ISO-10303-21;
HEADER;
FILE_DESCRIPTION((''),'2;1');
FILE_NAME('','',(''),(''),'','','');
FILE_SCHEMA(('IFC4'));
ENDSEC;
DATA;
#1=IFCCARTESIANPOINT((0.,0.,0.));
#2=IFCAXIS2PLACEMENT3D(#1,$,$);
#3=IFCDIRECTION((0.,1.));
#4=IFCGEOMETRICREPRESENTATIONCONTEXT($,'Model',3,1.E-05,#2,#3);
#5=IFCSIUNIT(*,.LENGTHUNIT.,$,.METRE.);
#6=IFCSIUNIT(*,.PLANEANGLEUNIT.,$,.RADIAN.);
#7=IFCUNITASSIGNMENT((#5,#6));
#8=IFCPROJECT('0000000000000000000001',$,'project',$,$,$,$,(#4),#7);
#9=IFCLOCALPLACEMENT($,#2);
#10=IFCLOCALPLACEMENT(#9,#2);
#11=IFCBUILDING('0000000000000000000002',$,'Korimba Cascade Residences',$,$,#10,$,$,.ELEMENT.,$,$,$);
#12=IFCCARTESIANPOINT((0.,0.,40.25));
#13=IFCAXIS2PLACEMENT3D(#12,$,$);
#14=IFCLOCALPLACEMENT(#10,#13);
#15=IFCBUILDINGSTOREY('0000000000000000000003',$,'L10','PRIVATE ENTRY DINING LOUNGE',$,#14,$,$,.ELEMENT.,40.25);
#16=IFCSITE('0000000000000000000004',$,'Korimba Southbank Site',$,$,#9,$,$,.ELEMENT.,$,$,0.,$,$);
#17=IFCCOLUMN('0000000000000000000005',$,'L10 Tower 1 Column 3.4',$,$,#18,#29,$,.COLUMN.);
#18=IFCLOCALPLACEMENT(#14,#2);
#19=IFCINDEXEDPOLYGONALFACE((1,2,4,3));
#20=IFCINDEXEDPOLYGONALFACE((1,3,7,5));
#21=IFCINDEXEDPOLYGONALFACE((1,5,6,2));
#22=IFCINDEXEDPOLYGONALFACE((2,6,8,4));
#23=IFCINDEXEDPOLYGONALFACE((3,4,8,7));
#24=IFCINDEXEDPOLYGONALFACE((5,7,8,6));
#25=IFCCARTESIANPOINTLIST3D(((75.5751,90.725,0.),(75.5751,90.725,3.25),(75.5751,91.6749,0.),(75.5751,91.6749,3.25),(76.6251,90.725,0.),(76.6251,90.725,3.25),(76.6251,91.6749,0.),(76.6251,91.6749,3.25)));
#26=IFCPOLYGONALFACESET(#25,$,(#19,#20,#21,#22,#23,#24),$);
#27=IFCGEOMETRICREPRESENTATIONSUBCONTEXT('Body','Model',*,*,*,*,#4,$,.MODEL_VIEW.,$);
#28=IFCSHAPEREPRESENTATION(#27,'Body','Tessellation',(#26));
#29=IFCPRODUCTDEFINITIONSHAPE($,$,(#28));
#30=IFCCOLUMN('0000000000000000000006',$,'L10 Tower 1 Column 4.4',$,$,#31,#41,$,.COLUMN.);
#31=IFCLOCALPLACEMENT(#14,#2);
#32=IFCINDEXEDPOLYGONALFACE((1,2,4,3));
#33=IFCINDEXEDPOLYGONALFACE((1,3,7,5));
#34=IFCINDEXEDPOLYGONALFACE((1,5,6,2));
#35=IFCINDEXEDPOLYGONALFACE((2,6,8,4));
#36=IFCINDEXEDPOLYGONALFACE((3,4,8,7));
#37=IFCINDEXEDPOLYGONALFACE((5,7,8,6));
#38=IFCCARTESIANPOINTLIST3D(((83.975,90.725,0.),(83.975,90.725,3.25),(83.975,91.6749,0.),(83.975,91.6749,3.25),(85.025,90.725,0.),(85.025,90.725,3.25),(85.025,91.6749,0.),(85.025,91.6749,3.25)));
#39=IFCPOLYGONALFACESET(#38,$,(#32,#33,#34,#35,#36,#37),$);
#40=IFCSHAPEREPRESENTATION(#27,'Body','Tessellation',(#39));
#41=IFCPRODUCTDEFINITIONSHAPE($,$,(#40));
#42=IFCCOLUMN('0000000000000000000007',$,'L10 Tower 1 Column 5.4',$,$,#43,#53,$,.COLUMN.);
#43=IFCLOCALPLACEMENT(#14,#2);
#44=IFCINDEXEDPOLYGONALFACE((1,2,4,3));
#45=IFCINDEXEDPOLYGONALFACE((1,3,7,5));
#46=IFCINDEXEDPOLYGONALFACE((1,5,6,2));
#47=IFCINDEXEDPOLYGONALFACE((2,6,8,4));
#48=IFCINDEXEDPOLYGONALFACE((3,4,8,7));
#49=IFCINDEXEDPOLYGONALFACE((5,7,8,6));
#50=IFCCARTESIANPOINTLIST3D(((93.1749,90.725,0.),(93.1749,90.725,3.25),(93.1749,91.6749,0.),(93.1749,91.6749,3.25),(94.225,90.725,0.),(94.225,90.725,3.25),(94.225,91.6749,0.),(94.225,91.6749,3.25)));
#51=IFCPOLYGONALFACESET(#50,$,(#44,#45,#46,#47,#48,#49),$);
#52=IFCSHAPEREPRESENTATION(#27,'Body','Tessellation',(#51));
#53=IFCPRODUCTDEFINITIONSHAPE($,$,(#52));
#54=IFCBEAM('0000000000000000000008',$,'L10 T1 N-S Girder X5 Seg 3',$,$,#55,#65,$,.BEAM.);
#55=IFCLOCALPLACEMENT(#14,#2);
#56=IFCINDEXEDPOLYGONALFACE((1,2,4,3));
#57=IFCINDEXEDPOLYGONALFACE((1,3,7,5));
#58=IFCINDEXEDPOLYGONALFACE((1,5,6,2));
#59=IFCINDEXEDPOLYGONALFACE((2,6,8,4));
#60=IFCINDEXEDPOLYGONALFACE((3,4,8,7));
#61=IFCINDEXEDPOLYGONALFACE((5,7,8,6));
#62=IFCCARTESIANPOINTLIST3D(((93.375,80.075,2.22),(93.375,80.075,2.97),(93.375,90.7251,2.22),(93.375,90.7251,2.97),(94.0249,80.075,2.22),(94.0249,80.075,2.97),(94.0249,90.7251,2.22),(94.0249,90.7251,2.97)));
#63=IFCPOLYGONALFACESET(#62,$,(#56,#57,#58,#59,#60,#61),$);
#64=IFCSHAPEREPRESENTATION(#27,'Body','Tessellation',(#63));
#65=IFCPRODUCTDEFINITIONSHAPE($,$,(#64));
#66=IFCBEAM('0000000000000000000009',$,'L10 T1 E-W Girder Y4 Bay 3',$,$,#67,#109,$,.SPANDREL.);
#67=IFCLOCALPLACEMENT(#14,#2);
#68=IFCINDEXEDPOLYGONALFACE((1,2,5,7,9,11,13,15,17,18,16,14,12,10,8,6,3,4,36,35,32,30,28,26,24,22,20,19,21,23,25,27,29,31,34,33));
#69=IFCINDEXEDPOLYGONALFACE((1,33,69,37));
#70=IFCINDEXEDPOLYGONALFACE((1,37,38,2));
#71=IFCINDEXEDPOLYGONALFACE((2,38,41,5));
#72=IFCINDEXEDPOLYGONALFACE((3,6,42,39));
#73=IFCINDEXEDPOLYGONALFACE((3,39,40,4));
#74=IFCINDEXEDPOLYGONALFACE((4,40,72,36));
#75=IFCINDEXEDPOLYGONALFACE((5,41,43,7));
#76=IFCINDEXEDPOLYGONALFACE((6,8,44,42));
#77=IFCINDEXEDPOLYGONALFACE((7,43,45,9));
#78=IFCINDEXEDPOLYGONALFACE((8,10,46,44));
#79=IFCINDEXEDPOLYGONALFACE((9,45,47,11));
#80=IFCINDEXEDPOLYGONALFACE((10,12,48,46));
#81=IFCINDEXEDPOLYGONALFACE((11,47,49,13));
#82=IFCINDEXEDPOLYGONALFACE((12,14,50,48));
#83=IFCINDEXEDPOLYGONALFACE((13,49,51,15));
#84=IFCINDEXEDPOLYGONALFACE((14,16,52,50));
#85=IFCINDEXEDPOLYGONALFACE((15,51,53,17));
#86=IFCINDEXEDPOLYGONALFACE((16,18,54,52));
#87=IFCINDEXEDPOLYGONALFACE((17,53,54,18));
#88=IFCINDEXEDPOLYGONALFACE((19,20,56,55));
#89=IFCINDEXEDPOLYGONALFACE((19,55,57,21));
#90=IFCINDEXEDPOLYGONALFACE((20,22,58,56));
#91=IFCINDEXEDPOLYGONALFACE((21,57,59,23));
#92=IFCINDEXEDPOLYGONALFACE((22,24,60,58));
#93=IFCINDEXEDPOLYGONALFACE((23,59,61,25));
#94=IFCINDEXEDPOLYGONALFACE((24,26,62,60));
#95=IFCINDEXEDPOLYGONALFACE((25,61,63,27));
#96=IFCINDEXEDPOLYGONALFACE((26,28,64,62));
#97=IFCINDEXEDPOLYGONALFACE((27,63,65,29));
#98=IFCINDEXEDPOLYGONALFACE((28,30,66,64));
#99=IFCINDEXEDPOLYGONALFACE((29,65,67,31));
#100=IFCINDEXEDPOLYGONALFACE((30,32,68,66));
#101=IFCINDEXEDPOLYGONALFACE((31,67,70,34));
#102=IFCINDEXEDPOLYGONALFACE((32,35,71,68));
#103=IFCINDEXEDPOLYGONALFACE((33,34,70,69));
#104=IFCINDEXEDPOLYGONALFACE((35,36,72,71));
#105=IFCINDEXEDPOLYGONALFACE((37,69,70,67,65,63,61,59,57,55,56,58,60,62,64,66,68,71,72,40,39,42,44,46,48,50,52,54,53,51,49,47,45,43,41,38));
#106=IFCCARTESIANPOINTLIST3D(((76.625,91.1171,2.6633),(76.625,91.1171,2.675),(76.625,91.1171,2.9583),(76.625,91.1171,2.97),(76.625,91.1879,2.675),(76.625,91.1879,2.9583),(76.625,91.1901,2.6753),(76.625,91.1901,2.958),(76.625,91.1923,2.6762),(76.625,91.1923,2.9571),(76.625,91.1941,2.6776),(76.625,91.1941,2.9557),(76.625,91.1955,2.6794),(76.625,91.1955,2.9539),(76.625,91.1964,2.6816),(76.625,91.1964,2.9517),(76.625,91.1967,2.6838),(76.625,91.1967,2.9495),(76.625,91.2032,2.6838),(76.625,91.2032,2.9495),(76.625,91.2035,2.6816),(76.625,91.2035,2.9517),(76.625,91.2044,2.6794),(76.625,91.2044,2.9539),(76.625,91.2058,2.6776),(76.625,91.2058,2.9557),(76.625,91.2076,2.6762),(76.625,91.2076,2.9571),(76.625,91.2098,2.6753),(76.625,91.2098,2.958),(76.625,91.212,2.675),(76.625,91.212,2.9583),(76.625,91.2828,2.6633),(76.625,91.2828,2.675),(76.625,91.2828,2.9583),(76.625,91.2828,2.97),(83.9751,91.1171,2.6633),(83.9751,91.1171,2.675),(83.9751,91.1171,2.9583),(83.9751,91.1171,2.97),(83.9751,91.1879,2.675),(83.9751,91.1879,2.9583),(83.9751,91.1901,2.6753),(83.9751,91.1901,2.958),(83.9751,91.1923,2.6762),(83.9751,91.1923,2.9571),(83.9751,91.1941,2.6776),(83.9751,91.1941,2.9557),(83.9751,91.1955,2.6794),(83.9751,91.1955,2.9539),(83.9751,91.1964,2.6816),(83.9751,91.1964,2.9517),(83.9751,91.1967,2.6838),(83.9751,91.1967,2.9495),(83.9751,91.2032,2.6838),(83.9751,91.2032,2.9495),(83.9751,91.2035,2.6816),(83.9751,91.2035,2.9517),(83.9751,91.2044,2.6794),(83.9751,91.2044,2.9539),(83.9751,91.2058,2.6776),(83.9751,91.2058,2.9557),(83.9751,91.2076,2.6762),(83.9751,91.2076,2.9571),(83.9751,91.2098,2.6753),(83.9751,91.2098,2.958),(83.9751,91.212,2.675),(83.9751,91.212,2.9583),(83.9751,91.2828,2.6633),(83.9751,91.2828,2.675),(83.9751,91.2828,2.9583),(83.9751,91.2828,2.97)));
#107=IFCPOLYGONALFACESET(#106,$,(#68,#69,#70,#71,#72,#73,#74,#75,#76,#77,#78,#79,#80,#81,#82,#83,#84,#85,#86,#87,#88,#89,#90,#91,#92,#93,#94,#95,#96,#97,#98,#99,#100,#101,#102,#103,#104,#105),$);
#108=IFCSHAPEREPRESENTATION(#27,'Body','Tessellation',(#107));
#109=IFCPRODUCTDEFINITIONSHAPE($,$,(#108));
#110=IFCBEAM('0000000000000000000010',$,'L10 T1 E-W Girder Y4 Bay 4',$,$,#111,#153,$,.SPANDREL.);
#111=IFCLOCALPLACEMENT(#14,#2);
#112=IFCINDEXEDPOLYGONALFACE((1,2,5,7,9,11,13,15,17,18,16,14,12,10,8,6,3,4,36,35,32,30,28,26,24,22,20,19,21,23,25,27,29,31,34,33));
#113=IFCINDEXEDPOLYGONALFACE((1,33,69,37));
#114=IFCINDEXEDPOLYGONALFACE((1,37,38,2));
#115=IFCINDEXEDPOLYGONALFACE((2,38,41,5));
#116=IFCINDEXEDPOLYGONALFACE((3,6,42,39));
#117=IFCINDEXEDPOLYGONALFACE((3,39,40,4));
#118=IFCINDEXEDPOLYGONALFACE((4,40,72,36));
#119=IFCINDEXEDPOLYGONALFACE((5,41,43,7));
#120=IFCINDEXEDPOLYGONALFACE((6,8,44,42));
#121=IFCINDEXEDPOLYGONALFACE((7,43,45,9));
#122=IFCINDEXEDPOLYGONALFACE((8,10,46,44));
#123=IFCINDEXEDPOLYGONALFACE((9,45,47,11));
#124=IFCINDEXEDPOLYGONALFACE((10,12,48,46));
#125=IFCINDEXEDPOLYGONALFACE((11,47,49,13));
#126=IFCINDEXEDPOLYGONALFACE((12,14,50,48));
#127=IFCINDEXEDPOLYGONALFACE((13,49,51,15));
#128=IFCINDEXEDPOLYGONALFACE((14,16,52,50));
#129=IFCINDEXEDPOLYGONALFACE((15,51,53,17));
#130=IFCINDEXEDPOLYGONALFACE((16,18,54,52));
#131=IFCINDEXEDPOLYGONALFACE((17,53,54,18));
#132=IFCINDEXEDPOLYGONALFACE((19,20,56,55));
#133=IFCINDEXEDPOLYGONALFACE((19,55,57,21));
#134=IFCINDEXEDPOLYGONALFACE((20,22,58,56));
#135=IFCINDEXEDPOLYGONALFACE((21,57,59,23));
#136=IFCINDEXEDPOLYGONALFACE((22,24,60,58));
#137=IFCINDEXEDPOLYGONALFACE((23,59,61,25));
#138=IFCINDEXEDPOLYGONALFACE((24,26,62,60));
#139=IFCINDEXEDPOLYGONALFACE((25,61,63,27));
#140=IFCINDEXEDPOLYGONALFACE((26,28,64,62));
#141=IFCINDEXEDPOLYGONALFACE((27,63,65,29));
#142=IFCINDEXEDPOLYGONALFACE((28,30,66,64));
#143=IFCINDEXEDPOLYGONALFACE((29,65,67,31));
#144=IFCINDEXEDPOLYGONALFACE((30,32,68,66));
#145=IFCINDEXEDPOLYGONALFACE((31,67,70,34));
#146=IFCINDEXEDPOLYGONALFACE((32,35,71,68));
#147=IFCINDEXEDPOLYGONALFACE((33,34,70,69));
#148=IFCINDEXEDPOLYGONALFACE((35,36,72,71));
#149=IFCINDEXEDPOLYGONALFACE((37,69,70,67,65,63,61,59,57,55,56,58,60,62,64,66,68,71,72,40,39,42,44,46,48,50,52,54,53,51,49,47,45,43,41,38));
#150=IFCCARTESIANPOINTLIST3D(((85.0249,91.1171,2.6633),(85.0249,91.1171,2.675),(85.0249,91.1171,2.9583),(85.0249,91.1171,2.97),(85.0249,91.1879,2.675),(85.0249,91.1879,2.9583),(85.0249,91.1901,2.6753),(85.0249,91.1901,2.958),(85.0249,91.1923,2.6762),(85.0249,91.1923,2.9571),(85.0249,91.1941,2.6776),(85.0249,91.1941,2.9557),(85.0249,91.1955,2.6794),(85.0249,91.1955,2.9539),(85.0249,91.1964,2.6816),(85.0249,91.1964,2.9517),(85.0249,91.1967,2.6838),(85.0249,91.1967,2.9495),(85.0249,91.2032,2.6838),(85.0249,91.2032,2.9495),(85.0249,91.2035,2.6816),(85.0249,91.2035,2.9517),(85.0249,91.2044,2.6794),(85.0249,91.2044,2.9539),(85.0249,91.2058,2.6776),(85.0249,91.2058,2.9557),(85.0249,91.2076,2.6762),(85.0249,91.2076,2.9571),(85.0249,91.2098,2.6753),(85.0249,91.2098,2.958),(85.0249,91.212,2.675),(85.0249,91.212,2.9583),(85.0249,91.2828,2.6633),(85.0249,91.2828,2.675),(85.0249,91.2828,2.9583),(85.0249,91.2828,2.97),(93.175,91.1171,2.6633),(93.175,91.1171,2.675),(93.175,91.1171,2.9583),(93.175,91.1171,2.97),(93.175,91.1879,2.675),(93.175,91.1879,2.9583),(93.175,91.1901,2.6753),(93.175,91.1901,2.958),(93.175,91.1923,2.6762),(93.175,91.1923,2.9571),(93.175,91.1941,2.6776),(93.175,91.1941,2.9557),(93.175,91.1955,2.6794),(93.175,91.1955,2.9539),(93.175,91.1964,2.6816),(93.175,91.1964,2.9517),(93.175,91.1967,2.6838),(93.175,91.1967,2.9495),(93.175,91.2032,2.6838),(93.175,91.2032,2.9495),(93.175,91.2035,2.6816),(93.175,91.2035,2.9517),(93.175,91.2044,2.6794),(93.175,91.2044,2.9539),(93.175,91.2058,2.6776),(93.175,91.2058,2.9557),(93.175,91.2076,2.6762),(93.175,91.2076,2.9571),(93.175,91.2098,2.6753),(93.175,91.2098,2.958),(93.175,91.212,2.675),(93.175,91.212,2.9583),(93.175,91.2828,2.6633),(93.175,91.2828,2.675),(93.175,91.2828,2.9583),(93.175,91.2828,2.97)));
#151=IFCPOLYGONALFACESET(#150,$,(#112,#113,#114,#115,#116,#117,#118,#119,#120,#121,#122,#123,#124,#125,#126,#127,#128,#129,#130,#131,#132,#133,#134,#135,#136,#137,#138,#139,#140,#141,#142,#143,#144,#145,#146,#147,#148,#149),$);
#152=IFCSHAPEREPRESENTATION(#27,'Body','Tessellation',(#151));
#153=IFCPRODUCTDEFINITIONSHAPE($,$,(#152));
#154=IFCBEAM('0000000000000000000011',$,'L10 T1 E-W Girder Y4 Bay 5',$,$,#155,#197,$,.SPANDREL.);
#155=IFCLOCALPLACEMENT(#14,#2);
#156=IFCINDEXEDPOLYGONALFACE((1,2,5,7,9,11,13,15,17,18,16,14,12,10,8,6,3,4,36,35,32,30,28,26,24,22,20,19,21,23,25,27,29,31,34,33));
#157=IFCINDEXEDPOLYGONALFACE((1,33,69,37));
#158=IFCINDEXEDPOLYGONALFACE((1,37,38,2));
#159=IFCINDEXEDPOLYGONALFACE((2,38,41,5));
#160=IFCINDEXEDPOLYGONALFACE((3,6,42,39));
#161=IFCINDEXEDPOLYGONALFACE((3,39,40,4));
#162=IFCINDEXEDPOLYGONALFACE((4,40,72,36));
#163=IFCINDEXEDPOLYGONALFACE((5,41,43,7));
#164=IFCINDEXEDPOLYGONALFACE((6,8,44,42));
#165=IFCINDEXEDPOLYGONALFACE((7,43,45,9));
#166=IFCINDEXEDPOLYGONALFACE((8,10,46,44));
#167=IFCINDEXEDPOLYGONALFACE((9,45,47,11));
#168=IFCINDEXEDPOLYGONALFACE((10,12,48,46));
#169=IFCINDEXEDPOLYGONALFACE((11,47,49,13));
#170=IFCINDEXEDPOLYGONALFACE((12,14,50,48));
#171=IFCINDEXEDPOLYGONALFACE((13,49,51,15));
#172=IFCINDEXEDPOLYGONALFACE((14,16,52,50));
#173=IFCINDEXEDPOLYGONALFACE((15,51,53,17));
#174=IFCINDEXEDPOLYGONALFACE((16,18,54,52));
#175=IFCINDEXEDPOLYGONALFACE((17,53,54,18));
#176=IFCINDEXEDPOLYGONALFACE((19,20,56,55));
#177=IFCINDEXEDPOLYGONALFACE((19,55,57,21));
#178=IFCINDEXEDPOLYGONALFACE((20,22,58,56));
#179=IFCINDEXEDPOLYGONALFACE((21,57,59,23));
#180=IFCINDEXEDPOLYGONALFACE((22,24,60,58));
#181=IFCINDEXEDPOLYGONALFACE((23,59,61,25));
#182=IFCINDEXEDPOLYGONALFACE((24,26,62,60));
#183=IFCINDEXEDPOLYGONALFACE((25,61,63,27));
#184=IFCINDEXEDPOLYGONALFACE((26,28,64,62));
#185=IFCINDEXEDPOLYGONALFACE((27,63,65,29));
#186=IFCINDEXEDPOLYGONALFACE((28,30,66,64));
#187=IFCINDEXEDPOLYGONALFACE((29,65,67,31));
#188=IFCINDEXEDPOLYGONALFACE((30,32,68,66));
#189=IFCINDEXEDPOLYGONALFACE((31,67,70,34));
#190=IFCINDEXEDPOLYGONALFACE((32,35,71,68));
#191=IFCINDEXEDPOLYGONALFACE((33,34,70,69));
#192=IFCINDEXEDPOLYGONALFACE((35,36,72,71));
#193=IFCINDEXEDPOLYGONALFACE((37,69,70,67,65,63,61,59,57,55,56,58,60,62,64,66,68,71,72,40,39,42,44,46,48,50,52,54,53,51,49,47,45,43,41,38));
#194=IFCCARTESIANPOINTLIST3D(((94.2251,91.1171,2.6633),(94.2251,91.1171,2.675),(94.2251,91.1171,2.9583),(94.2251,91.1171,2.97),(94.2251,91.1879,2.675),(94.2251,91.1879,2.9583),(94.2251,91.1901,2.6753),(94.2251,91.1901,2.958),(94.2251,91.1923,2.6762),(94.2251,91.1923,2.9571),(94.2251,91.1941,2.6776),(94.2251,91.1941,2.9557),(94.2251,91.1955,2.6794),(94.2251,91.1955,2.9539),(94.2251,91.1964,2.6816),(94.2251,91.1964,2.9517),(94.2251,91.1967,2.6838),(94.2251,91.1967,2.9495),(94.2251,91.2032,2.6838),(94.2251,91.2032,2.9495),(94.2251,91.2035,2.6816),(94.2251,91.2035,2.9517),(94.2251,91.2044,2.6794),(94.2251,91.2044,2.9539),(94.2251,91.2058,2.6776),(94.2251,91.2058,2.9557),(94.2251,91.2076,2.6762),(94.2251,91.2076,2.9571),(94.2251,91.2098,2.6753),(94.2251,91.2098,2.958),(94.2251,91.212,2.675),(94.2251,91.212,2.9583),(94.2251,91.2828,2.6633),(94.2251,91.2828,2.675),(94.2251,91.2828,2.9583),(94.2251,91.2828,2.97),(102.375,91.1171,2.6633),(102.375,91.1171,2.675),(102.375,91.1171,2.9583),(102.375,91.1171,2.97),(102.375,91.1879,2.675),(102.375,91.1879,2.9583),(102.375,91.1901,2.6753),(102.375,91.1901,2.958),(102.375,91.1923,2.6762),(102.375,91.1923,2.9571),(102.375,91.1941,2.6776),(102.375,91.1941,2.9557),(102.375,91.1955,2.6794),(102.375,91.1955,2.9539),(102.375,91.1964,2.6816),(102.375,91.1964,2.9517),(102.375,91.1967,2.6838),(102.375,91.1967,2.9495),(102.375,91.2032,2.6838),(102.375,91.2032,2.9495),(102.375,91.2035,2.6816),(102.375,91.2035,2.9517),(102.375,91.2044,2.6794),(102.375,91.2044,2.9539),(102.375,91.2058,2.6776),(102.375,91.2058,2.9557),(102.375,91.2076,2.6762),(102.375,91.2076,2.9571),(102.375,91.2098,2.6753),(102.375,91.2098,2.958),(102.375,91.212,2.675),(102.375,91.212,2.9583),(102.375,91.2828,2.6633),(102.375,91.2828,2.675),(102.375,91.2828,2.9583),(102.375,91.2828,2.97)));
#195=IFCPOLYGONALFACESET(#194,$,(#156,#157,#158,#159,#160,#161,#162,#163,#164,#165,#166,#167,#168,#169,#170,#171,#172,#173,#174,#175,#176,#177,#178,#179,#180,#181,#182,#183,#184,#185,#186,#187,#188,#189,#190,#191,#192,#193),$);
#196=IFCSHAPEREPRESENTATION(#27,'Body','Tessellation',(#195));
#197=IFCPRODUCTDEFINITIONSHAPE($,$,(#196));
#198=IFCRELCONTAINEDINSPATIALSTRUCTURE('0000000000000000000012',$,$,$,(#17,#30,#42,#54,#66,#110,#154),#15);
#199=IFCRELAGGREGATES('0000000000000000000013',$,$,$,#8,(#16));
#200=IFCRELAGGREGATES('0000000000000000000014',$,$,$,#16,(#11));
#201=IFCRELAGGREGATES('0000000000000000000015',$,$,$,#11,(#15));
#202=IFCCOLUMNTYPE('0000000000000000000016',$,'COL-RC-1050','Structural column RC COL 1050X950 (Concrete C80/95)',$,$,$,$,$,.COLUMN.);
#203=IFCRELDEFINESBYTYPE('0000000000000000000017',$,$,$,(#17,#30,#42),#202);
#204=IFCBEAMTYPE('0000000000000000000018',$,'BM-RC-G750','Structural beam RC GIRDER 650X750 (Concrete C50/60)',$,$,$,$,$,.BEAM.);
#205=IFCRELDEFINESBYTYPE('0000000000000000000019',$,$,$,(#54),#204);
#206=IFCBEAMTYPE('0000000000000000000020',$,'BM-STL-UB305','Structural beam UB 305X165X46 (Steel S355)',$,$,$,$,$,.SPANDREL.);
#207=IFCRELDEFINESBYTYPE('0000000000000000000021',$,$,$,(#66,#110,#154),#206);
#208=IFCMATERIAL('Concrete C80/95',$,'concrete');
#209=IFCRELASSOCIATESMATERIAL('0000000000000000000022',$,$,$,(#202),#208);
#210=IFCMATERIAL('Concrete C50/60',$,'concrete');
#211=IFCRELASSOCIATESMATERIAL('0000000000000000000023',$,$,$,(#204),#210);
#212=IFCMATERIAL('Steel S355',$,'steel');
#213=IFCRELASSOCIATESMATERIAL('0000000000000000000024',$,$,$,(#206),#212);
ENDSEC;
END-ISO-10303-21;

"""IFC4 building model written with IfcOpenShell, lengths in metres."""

from ifc_helpers import new_model, si_unit, direction, frame, origin, origin_2d, place, context, subcontext, project, spatial, rectangle, i_section, extrude, material, material_profile, profile_set, type_object, element, save


model = new_model("IFC4")

# Units and contexts
model_context = context("Model", 3, precision=1e-05, world=origin(), true_north=direction((0.0, 1.0)))
body_context = subcontext(model_context, "Body", "Model", "MODEL_VIEW")
ifc_project = project(units=[si_unit("LENGTHUNIT", "METRE"), si_unit("PLANEANGLEUNIT", "RADIAN")], contexts=[model_context])

# Site, building, storey
site_placement = place(None, origin())
site = spatial("IfcSite", under=ifc_project, at=site_placement, Name="Korimba Southbank Site", CompositionType="ELEMENT", RefElevation=0.0)
building_placement = place(site_placement, origin())
building = spatial("IfcBuilding", under=site, at=building_placement, Name="Korimba Cascade Residences", CompositionType="ELEMENT")
storey_placement = place(building_placement, frame((0.0, 0.0, 40.25)))
storey = spatial("IfcBuildingStorey", under=building, at=storey_placement, Name="L10", Description="PRIVATE ENTRY DINING LOUNGE", CompositionType="ELEMENT", Elevation=40.25)

# Columns
ifc_material_1 = material(Name="Concrete C80/95", Category="concrete")
ifc_material_profile_1 = material_profile(ifc_material_1, rectangle(XDim=1.05, YDim=0.95, at=origin_2d()), Name="Concrete C80/95")
ifc_profile_set_1 = profile_set([ifc_material_profile_1], Name="Concrete C80/95")
column_type = type_object("IfcColumnType", Name="COL-RC-1050", Description="Structural column RC COL 1050X950 (Concrete C80/95)", PredefinedType="COLUMN", material=ifc_profile_set_1)
for number, where, z_axis, x_axis, name in (
    (1, (76.1001, 91.2, 0.0), (0.0, 0.0, 1.0), (1.0, 0.0, 0.0), "L10 Tower 1 Column 3.4"),
    (2, (84.5, 91.2, 0.0), (0.0, 0.0, 1.0), (1.0, 0.0, 0.0), "L10 Tower 1 Column 4.4"),
    (3, (93.7, 91.2, 0.0), (0.0, 0.0, 1.0), (1.0, 0.0, 0.0), "L10 Tower 1 Column 5.4"),
):
    element("IfcColumn", number, at=place(storey_placement, frame(where, z_axis=z_axis, x_axis=x_axis)), inside=storey, type_object=column_type, Name=name, PredefinedType="COLUMN", context=body_context, shape_type="SweptSolid", body=[
        extrude(rectangle(XDim=1.05, YDim=0.95, at=origin_2d()), origin(), (0.0, 0.0, 1.0), 3.25),
    ])

# Beams
ifc_material_2 = material(Name="Concrete C50/60", Category="concrete")
ifc_material_profile_2 = material_profile(ifc_material_2, rectangle(XDim=0.6499, YDim=0.75, at=origin_2d()), Name="Concrete C50/60")
ifc_profile_set_2 = profile_set([ifc_material_profile_2], Name="Concrete C50/60")
beam_type_1 = type_object("IfcBeamType", Name="BM-RC-G750", Description="Structural beam RC GIRDER 650X750 (Concrete C50/60)", PredefinedType="BEAM", material=ifc_profile_set_2)
beam_1_placement = place(storey_placement, frame((93.7, 80.075, 2.595), z_axis=(0.0, 1.0, 0.0), x_axis=(-1.0, 0.0, 0.0)))
element("IfcBeam", 4, at=beam_1_placement, inside=storey, type_object=beam_type_1, Name="L10 T1 N-S Girder X5 Seg 3", PredefinedType="BEAM", context=body_context, shape_type="SweptSolid", body=[
    extrude(rectangle(XDim=0.6499, YDim=0.75, at=origin_2d()), origin(), (0.0, 0.0, 1.0), 10.6501),
])
ifc_material_3 = material(Name="Steel S355", Category="steel")
ifc_material_profile_3 = material_profile(ifc_material_3, i_section(OverallWidth=0.1658, OverallDepth=0.3066, WebThickness=0.0066, FlangeThickness=0.0117, FilletRadius=0.0088, at=origin_2d()), Name="Steel S355")
ifc_profile_set_3 = profile_set([ifc_material_profile_3], Name="Steel S355")
beam_type_2 = type_object("IfcBeamType", Name="BM-STL-UB305", Description="Structural beam UB 305X165X46 (Steel S355)", PredefinedType="SPANDREL", material=ifc_profile_set_3)
beam_2_placement = place(storey_placement, frame((76.625, 91.2, 2.8167), z_axis=(1.0, 0.0, 0.0), x_axis=(0.0, 1.0, 0.0)))
element("IfcBeam", 5, at=beam_2_placement, inside=storey, type_object=beam_type_2, Name="L10 T1 E-W Girder Y4 Bay 3", PredefinedType="SPANDREL", context=body_context, shape_type="SweptSolid", body=[
    extrude(i_section(OverallWidth=0.1658, OverallDepth=0.3066, WebThickness=0.0066, FlangeThickness=0.0117, FilletRadius=0.0088, at=origin_2d()), origin(), (0.0, 0.0, 1.0), 7.3501),
])
beam_3_placement = place(storey_placement, frame((85.0249, 91.2, 2.8167), z_axis=(1.0, 0.0, 0.0), x_axis=(0.0, 1.0, 0.0)))
element("IfcBeam", 6, at=beam_3_placement, inside=storey, type_object=beam_type_2, Name="L10 T1 E-W Girder Y4 Bay 4", PredefinedType="SPANDREL", context=body_context, shape_type="SweptSolid", body=[
    extrude(i_section(OverallWidth=0.1658, OverallDepth=0.3066, WebThickness=0.0066, FlangeThickness=0.0117, FilletRadius=0.0088, at=origin_2d()), origin(), (0.0, 0.0, 1.0), 8.1501),
])
beam_4_placement = place(storey_placement, frame((94.2251, 91.2, 2.8167), z_axis=(1.0, 0.0, 0.0), x_axis=(0.0, 1.0, 0.0)))
element("IfcBeam", 7, at=beam_4_placement, inside=storey, type_object=beam_type_2, Name="L10 T1 E-W Girder Y4 Bay 5", PredefinedType="SPANDREL", context=body_context, shape_type="SweptSolid", body=[
    extrude(i_section(OverallWidth=0.1658, OverallDepth=0.3066, WebThickness=0.0066, FlangeThickness=0.0117, FilletRadius=0.0088, at=origin_2d()), origin(), (0.0, 0.0, 1.0), 8.1499),
])

save(model, "model.ifc")
